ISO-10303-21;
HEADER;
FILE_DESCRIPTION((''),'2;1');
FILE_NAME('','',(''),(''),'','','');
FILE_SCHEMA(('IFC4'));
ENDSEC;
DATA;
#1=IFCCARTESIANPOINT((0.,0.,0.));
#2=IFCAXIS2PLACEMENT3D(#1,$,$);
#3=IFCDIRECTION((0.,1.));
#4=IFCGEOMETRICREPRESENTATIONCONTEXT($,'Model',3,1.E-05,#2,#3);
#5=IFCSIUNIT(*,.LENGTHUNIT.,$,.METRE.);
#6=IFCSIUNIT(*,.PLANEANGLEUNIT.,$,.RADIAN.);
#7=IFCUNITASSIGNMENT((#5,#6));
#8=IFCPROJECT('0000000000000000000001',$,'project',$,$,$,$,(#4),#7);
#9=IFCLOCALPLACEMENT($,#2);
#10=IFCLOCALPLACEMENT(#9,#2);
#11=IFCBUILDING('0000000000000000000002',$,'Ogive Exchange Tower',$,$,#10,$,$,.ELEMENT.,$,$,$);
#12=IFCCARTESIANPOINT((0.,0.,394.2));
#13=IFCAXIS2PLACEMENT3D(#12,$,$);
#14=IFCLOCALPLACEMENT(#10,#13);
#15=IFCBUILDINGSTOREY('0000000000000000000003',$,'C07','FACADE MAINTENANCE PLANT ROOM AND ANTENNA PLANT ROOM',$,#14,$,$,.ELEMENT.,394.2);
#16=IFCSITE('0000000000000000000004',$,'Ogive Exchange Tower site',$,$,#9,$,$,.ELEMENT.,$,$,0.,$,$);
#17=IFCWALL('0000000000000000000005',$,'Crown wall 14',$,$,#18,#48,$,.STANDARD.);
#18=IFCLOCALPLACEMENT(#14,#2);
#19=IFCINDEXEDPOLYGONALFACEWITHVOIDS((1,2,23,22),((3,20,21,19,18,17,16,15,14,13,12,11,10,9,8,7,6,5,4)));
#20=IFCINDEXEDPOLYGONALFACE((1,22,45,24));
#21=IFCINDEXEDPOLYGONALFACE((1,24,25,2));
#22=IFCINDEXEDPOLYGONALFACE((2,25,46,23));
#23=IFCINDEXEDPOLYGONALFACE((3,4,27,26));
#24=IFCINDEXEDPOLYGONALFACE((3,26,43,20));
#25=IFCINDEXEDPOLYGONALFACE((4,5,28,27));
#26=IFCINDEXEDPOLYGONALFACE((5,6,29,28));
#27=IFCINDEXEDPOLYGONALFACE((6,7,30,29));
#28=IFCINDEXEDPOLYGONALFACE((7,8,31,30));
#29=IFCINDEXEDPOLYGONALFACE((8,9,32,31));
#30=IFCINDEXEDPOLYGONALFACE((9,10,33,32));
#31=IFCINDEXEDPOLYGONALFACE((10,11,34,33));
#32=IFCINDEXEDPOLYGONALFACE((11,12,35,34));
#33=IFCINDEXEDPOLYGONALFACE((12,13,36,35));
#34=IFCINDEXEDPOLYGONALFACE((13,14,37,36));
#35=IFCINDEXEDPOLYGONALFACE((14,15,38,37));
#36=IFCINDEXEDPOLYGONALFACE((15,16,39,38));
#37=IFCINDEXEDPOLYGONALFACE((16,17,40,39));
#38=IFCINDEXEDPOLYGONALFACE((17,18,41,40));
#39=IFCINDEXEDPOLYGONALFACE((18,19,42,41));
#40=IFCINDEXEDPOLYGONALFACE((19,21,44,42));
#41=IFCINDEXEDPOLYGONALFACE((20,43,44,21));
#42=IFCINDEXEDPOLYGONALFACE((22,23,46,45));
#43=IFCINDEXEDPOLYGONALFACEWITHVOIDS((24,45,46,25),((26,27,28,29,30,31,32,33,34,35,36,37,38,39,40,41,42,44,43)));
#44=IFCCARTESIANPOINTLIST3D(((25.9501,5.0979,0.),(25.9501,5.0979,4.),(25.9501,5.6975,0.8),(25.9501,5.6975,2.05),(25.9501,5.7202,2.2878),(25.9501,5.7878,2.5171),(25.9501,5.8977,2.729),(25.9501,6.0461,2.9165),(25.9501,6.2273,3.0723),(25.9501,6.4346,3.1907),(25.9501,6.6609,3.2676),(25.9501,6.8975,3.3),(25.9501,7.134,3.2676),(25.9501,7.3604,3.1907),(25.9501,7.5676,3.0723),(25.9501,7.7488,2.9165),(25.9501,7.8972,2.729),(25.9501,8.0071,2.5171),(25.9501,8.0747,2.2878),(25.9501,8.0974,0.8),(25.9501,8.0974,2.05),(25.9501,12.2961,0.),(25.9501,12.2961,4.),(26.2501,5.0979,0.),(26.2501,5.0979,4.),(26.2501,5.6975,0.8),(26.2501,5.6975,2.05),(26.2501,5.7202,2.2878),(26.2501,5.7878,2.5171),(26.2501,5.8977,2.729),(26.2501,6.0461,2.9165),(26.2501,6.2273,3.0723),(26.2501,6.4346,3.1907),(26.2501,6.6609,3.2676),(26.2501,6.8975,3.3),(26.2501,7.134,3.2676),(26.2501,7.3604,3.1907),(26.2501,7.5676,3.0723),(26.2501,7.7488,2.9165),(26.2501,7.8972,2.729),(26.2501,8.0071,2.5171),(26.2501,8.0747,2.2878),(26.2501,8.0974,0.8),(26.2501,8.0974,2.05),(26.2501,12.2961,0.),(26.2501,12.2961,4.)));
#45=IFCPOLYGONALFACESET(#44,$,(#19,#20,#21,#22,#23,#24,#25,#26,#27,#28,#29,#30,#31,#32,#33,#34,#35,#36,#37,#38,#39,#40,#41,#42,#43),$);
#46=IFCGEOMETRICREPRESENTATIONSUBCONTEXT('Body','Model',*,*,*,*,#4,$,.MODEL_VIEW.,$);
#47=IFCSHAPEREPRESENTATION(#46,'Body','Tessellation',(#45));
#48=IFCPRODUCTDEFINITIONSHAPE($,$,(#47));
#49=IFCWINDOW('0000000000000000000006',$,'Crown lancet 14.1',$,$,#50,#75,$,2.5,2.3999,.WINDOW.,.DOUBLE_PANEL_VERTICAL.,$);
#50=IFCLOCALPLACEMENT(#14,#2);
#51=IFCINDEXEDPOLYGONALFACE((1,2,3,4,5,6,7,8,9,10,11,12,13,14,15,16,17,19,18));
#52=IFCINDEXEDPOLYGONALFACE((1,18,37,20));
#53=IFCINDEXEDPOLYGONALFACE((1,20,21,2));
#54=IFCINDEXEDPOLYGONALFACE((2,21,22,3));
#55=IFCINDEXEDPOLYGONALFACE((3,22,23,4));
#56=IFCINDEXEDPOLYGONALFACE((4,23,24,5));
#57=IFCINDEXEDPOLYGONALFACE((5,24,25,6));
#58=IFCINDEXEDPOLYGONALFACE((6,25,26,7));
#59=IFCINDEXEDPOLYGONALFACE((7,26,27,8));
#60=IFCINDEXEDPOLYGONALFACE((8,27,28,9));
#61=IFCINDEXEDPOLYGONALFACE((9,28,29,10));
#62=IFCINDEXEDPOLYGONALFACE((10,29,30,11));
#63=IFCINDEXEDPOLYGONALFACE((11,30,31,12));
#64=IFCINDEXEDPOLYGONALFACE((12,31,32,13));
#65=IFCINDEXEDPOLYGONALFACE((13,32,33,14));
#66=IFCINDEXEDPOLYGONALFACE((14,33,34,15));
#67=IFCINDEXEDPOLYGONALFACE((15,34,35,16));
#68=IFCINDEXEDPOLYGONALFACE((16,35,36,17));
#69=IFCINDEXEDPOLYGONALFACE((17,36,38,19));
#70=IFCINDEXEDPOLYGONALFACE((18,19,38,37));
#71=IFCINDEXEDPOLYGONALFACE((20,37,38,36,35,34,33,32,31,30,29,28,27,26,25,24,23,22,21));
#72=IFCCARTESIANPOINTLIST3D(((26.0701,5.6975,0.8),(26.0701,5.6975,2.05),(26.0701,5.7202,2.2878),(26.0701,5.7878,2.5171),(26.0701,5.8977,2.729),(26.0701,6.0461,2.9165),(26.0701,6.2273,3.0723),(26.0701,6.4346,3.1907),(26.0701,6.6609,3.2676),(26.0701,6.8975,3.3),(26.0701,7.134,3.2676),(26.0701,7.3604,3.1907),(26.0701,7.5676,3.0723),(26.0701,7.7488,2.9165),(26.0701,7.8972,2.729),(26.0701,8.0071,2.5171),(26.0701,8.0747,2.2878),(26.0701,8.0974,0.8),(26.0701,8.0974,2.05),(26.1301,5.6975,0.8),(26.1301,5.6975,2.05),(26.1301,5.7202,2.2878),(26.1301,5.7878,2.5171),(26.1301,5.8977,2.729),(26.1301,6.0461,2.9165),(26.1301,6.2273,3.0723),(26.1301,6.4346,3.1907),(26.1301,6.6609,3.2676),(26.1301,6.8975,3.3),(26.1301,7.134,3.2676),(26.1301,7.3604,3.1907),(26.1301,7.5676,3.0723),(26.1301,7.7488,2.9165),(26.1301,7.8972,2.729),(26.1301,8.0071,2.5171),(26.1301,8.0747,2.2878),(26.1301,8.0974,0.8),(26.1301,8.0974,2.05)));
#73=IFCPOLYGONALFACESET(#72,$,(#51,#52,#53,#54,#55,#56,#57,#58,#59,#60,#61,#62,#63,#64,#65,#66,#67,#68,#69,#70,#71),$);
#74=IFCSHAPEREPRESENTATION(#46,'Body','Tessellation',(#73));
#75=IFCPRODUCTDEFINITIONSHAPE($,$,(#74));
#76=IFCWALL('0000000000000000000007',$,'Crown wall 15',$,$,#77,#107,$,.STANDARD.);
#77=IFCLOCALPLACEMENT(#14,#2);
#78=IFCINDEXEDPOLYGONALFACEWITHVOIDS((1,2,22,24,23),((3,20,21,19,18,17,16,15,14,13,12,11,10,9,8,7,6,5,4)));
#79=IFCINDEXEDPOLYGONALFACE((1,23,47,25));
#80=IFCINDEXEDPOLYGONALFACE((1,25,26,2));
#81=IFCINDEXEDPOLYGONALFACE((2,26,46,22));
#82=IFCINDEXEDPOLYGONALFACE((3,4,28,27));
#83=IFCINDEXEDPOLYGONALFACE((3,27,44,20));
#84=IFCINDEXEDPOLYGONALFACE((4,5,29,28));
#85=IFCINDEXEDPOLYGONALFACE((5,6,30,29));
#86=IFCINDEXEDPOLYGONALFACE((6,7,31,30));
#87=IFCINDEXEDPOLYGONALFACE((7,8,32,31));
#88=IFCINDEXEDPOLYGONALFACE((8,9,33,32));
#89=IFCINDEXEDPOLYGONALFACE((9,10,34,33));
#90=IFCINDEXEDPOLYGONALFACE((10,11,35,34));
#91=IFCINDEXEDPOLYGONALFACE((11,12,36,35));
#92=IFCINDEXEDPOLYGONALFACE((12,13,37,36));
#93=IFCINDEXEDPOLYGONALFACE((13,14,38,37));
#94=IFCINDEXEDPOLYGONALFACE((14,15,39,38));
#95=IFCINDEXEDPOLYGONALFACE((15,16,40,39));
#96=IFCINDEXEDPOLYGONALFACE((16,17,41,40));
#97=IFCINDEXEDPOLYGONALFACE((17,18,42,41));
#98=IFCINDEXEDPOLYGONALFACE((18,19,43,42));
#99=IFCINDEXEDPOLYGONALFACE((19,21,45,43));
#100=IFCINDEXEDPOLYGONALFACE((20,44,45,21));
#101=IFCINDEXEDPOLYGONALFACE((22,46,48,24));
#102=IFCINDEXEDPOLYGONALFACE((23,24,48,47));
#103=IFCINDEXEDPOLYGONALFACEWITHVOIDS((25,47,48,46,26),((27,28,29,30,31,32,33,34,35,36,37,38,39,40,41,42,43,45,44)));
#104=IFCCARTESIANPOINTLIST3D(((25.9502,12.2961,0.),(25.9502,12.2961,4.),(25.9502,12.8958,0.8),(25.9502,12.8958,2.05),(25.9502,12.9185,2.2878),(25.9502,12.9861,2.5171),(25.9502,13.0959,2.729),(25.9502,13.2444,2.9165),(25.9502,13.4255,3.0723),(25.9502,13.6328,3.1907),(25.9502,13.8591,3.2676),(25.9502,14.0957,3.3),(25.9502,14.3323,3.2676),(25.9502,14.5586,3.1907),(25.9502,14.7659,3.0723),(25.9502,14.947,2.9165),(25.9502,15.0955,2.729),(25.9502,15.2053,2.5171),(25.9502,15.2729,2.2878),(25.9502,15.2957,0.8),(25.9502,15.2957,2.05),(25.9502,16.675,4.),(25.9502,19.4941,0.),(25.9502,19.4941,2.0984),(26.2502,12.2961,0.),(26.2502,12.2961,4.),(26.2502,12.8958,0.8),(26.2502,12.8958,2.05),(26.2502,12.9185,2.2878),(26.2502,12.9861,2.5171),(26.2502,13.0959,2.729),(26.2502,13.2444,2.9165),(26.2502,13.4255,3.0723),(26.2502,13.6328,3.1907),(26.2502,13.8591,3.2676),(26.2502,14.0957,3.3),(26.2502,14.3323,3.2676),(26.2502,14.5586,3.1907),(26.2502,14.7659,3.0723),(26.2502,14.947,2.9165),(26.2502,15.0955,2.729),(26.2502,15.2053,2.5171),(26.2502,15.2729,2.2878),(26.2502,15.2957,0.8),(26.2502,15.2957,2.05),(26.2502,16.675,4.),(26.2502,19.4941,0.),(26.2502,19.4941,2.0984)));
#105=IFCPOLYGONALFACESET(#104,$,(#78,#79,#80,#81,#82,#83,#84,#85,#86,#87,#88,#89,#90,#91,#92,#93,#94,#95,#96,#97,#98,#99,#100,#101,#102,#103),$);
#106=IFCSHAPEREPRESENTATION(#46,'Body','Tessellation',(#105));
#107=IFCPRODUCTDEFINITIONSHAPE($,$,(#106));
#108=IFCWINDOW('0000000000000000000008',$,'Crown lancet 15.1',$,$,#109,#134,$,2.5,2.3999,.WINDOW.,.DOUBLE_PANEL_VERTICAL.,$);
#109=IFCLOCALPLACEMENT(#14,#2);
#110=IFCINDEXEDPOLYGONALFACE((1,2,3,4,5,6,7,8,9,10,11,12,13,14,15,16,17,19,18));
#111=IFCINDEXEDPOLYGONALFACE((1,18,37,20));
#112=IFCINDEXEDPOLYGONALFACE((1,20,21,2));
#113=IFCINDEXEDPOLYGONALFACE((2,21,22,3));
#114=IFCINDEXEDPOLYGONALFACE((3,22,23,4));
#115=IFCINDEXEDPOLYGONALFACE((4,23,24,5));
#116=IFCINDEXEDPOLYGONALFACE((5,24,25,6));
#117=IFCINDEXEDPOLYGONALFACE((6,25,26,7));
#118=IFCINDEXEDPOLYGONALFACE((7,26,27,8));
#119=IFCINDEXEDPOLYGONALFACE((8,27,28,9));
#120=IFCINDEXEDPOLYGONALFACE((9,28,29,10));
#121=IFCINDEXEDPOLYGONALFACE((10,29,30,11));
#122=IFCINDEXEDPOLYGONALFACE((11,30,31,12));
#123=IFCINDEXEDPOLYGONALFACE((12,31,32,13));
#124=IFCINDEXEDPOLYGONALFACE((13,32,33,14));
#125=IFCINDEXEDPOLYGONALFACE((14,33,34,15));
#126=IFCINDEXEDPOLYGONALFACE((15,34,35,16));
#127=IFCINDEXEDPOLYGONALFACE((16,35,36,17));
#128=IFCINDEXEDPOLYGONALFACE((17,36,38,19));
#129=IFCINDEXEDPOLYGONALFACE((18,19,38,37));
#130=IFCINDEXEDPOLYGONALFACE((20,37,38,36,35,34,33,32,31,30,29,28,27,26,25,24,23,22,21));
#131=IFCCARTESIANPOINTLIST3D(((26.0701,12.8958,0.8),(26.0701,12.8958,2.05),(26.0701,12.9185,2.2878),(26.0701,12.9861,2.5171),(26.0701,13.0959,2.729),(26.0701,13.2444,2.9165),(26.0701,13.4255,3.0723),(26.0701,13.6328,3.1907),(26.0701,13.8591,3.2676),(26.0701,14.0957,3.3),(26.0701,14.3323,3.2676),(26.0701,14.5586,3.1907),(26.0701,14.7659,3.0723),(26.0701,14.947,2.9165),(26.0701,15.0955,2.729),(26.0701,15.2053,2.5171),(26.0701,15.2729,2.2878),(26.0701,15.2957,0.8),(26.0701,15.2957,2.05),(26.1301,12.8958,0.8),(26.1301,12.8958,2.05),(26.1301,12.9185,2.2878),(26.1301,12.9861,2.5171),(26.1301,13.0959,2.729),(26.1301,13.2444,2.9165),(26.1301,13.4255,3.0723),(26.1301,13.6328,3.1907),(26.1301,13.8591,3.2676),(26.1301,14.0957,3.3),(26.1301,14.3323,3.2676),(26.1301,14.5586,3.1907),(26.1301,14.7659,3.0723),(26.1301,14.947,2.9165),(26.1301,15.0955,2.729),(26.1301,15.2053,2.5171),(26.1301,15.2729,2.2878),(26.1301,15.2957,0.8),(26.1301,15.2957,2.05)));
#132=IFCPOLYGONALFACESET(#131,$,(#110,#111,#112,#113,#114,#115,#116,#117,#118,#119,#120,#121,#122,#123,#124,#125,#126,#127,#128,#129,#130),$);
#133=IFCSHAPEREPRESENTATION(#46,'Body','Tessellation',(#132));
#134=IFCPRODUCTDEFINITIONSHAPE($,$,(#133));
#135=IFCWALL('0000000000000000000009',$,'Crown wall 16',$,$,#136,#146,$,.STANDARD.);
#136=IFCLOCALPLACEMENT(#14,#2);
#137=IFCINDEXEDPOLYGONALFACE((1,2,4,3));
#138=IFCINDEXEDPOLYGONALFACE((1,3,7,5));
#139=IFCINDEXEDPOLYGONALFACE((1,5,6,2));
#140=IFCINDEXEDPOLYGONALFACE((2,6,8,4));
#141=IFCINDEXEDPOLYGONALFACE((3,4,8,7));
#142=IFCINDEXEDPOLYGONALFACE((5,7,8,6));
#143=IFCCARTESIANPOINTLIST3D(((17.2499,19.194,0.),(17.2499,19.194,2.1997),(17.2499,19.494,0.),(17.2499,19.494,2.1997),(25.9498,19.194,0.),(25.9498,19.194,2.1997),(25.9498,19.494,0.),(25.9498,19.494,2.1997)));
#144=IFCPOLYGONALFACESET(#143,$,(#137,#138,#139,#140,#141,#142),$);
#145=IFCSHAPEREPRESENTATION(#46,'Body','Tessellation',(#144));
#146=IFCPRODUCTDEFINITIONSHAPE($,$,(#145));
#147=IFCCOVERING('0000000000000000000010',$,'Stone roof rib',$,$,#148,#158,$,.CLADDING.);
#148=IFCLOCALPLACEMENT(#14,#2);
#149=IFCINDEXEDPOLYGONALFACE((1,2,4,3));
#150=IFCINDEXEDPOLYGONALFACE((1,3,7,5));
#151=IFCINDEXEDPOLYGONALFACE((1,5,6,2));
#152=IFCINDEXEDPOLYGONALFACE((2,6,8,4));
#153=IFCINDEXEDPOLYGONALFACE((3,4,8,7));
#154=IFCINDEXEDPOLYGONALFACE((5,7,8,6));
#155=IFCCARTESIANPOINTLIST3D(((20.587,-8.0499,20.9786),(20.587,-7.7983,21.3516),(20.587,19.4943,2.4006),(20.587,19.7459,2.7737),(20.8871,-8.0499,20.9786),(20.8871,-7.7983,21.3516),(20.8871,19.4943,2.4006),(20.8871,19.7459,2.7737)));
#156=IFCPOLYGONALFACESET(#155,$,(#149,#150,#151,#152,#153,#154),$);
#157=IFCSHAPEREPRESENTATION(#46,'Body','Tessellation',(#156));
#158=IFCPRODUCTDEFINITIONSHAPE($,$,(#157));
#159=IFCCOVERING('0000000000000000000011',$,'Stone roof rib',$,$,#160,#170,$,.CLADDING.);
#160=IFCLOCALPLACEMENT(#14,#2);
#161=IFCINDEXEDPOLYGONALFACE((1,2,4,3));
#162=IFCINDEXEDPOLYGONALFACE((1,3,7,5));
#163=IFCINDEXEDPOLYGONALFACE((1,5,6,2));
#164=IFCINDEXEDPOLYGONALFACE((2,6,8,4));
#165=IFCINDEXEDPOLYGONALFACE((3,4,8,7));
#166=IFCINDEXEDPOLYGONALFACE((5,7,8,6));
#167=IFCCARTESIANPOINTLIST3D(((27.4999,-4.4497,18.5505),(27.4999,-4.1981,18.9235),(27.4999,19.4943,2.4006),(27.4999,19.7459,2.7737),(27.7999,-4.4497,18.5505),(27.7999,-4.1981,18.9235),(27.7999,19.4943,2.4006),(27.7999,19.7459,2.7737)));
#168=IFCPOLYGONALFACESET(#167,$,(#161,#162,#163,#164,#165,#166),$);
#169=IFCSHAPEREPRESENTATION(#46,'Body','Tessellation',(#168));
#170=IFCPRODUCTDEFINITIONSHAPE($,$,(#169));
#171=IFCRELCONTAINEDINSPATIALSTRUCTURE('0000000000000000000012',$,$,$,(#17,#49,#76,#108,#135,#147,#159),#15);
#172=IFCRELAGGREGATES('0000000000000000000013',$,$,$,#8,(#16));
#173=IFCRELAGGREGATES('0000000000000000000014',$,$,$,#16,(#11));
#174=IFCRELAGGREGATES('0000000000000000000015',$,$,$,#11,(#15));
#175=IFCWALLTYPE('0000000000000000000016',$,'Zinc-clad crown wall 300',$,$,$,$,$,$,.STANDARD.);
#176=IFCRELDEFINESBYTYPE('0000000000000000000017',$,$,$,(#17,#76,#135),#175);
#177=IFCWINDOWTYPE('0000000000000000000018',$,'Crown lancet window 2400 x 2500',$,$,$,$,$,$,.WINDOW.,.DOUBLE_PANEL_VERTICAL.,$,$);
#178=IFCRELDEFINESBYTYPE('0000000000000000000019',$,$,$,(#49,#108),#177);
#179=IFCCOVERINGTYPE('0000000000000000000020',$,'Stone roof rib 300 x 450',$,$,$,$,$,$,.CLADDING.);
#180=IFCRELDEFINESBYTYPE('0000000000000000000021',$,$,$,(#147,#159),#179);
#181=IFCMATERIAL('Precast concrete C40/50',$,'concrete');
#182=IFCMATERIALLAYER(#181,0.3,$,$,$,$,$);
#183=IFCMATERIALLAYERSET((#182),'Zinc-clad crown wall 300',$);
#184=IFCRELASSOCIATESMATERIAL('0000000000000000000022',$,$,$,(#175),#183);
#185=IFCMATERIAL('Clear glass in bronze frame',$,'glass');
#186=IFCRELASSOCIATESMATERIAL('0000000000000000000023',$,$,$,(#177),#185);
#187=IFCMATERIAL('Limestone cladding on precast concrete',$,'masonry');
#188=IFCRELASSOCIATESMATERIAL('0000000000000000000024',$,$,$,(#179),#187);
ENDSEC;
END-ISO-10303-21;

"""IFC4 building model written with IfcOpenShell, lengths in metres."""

from ifc_helpers import new_model, si_unit, direction, frame, frame_2d, origin, origin_2d, place, context, subcontext, project, spatial, polyline, rectangle, outline, extrude, material, layer, layer_set, material_profile, profile_set, type_object, element, fill, save


model = new_model("IFC4")

# Units and contexts
model_context = context("Model", 3, precision=1e-05, world=origin(), true_north=direction((0.0, 1.0)))
body_context = subcontext(model_context, "Body", "Model", "MODEL_VIEW")
ifc_project = project(units=[si_unit("LENGTHUNIT", "METRE"), si_unit("PLANEANGLEUNIT", "RADIAN")], contexts=[model_context])

# Site, building, storey
site_placement = place(None, origin())
site = spatial("IfcSite", under=ifc_project, at=site_placement, Name="Ogive Exchange Tower site", CompositionType="ELEMENT", RefElevation=0.0)
building_placement = place(site_placement, origin())
building = spatial("IfcBuilding", under=site, at=building_placement, Name="Ogive Exchange Tower", CompositionType="ELEMENT")
storey_placement = place(building_placement, frame((0.0, 0.0, 394.2)))
storey = spatial("IfcBuildingStorey", under=building, at=storey_placement, Name="C07", Description="FACADE MAINTENANCE PLANT ROOM AND ANTENNA PLANT ROOM", CompositionType="ELEMENT", Elevation=394.2)

# Walls, openings, windows
ifc_material_1 = material(Name="Precast concrete C40/50", Category="concrete")
ifc_layer_1 = layer(ifc_material_1, 0.3)
ifc_layer_set_1 = layer_set([ifc_layer_1], Name="Zinc-clad crown wall 300")
wall_type_1 = type_object("IfcWallType", Name="Zinc-clad crown wall 300", PredefinedType="STANDARD", material=ifc_layer_set_1)
wall_1_placement = place(storey_placement, frame((26.1001, 5.0979, 0.0), z_axis=(0.0, 0.0, 1.0), x_axis=(0.0, 1.0, 0.0)))
wall_1 = element("IfcWall", 1, at=wall_1_placement, inside=storey, type_object=wall_type_1, Name="Crown wall 14", PredefinedType="STANDARD", context=body_context, shape_type="SweptSolid", body=[
    extrude(rectangle(XDim=7.1982, YDim=0.3, at=frame_2d((3.5991, 0.0))), origin(), (0.0, 0.0, 1.0), 4.0),
])
opening_1_placement = place(wall_1_placement, frame((0.5996, 0.0, 0.8)))
opening_1 = element("IfcOpeningElement", 2, at=opening_1_placement, cuts=wall_1, PredefinedType="OPENING", context=body_context, shape_type="SweptSolid", body=[
    extrude(outline(polyline([(0.0, 0.0), (2.3999, 0.0), (2.3999, 1.25), (2.3772, 1.4878), (2.3096, 1.717), (2.1997, 1.929), (2.0513, 2.1165), (1.8701, 2.2722), (1.6628, 2.3906), (1.4365, 2.4675), (1.2, 2.5), (0.9634, 2.4675), (0.7371, 2.3906), (0.5298, 2.2722), (0.3486, 2.1165), (0.2002, 1.929), (0.0903, 1.717), (0.0227, 1.4878), (0.0, 1.25), (0.0, 0.0)])), frame((0.0, 0.1599, 0.0), z_axis=(0.0, -1.0, 0.0), x_axis=(1.0, 0.0, 0.0)), (0.0, 0.0, 1.0), 0.3201),
])
ifc_material_2 = material(Name="Clear glass in bronze frame", Category="glass")
window_type = type_object("IfcWindowType", Name="Crown lancet window 2400 x 2500", PartitioningType="DOUBLE_PANEL_VERTICAL", PredefinedType="WINDOW", material=ifc_material_2)
window_1_placement = place(opening_1_placement, origin())
window_1 = element("IfcWindow", 3, at=window_1_placement, inside=storey, type_object=window_type, Name="Crown lancet 14.1", OverallHeight=2.5, OverallWidth=2.3999, PartitioningType="DOUBLE_PANEL_VERTICAL", PredefinedType="WINDOW", context=body_context, shape_type="SweptSolid", body=[
    extrude(outline(polyline([(0.0, 0.0), (2.3999, 0.0), (2.3999, 1.25), (2.3772, 1.4878), (2.3096, 1.717), (2.1997, 1.929), (2.0513, 2.1165), (1.8701, 2.2722), (1.6628, 2.3906), (1.4365, 2.4675), (1.2, 2.5), (0.9634, 2.4675), (0.7371, 2.3906), (0.5298, 2.2722), (0.3486, 2.1165), (0.2002, 1.929), (0.0903, 1.717), (0.0227, 1.4878), (0.0, 1.25), (0.0, 0.0)])), frame((0.0, 0.03, 0.0), z_axis=(0.0, -1.0, 0.0), x_axis=(1.0, 0.0, 0.0)), (0.0, 0.0, 1.0), 0.0601),
])
fill(opening_1, window_1)
wall_2_placement = place(storey_placement, frame((26.1001, 12.2961, 0.0), z_axis=(0.0, 0.0, 1.0), x_axis=(0.0, 1.0, 0.0)))
wall_2 = element("IfcWall", 4, at=wall_2_placement, inside=storey, type_object=wall_type_1, Name="Crown wall 15", PredefinedType="STANDARD", context=body_context, shape_type="SweptSolid", body=[
    extrude(outline(polyline([(0.0, 0.0), (7.198, 0.0), (7.198, 2.0984), (4.3789, 4.0), (0.0, 4.0), (0.0, 0.0)])), frame((0.0, 0.1499, 0.0), z_axis=(0.0, -1.0, 0.0), x_axis=(1.0, 0.0, 0.0)), (0.0, 0.0, 1.0), 0.3),
])
opening_2_placement = place(wall_2_placement, frame((0.5996, 0.0, 0.8)))
opening_2 = element("IfcOpeningElement", 5, at=opening_2_placement, cuts=wall_2, PredefinedType="OPENING", context=body_context, shape_type="SweptSolid", body=[
    extrude(outline(polyline([(0.0, 0.0), (2.3999, 0.0), (2.3999, 1.25), (2.3772, 1.4878), (2.3096, 1.717), (2.1997, 1.929), (2.0513, 2.1165), (1.8701, 2.2722), (1.6628, 2.3906), (1.4365, 2.4675), (1.2, 2.5), (0.9634, 2.4675), (0.7371, 2.3906), (0.5298, 2.2722), (0.3486, 2.1165), (0.2002, 1.929), (0.0903, 1.717), (0.0227, 1.4878), (0.0, 1.25), (0.0, 0.0)])), frame((0.0, 0.1599, 0.0), z_axis=(0.0, -1.0, 0.0), x_axis=(1.0, 0.0, 0.0)), (0.0, 0.0, 1.0), 0.3201),
])
window_2_placement = place(opening_2_placement, origin())
window_2 = element("IfcWindow", 6, at=window_2_placement, inside=storey, type_object=window_type, Name="Crown lancet 15.1", OverallHeight=2.5, OverallWidth=2.3999, PartitioningType="DOUBLE_PANEL_VERTICAL", PredefinedType="WINDOW", context=body_context, shape_type="SweptSolid", body=[
    extrude(outline(polyline([(0.0, 0.0), (2.3999, 0.0), (2.3999, 1.25), (2.3772, 1.4878), (2.3096, 1.717), (2.1997, 1.929), (2.0513, 2.1165), (1.8701, 2.2722), (1.6628, 2.3906), (1.4365, 2.4675), (1.2, 2.5), (0.9634, 2.4675), (0.7371, 2.3906), (0.5298, 2.2722), (0.3486, 2.1165), (0.2002, 1.929), (0.0903, 1.717), (0.0227, 1.4878), (0.0, 1.25), (0.0, 0.0)])), frame((0.0, 0.03, 0.0), z_axis=(0.0, -1.0, 0.0), x_axis=(1.0, 0.0, 0.0)), (0.0, 0.0, 1.0), 0.0601),
])
fill(opening_2, window_2)

# Wall
wall_3_placement = place(storey_placement, frame((25.95, 19.344, 0.0), z_axis=(0.0, 0.0, 1.0), x_axis=(-1.0, 0.0, 0.0)))
element("IfcWall", 7, at=wall_3_placement, inside=storey, type_object=wall_type_1, Name="Crown wall 16", PredefinedType="STANDARD", context=body_context, shape_type="SweptSolid", body=[
    extrude(rectangle(XDim=8.7, YDim=0.3, at=frame_2d((4.3501, 0.0))), origin(), (0.0, 0.0, 1.0), 2.1997),
])

# Coverings
ifc_material_3 = material(Name="Limestone cladding on precast concrete", Category="masonry")
ifc_material_profile_1 = material_profile(ifc_material_3, rectangle(XDim=0.3, YDim=0.45, at=origin_2d()), Name="RIB 300 x 450")
ifc_profile_set_1 = profile_set([ifc_material_profile_1], Name="Limestone cladding on precast concrete")
covering_type_1 = type_object("IfcCoveringType", Name="Stone roof rib 300 x 450", PredefinedType="CLADDING", material=ifc_profile_set_1)
covering_1_placement = place(storey_placement, frame((20.7371, 19.6201, 2.5872), z_axis=(0.0, -0.82905, 0.559174), x_axis=(1.0, 0.0, 0.0)))
element("IfcCovering", 8, at=covering_1_placement, inside=storey, type_object=covering_type_1, Name="Stone roof rib", PredefinedType="CLADDING", context=body_context, shape_type="SweptSolid", body=[
    extrude(rectangle(XDim=0.3, YDim=0.45, at=origin_2d()), origin(), (0.0, 0.0, 1.0), 33.2239),
])
covering_2_placement = place(storey_placement, frame((27.6499, 19.6201, 2.5872), z_axis=(0.0, -0.829047, 0.559179), x_axis=(1.0, 0.0, 0.0)))
element("IfcCovering", 9, at=covering_2_placement, inside=storey, type_object=covering_type_1, Name="Stone roof rib", PredefinedType="CLADDING", context=body_context, shape_type="SweptSolid", body=[
    extrude(rectangle(XDim=0.3, YDim=0.45, at=origin_2d()), origin(), (0.0, 0.0, 1.0), 28.8813),
])

save(model, "model.ifc")
